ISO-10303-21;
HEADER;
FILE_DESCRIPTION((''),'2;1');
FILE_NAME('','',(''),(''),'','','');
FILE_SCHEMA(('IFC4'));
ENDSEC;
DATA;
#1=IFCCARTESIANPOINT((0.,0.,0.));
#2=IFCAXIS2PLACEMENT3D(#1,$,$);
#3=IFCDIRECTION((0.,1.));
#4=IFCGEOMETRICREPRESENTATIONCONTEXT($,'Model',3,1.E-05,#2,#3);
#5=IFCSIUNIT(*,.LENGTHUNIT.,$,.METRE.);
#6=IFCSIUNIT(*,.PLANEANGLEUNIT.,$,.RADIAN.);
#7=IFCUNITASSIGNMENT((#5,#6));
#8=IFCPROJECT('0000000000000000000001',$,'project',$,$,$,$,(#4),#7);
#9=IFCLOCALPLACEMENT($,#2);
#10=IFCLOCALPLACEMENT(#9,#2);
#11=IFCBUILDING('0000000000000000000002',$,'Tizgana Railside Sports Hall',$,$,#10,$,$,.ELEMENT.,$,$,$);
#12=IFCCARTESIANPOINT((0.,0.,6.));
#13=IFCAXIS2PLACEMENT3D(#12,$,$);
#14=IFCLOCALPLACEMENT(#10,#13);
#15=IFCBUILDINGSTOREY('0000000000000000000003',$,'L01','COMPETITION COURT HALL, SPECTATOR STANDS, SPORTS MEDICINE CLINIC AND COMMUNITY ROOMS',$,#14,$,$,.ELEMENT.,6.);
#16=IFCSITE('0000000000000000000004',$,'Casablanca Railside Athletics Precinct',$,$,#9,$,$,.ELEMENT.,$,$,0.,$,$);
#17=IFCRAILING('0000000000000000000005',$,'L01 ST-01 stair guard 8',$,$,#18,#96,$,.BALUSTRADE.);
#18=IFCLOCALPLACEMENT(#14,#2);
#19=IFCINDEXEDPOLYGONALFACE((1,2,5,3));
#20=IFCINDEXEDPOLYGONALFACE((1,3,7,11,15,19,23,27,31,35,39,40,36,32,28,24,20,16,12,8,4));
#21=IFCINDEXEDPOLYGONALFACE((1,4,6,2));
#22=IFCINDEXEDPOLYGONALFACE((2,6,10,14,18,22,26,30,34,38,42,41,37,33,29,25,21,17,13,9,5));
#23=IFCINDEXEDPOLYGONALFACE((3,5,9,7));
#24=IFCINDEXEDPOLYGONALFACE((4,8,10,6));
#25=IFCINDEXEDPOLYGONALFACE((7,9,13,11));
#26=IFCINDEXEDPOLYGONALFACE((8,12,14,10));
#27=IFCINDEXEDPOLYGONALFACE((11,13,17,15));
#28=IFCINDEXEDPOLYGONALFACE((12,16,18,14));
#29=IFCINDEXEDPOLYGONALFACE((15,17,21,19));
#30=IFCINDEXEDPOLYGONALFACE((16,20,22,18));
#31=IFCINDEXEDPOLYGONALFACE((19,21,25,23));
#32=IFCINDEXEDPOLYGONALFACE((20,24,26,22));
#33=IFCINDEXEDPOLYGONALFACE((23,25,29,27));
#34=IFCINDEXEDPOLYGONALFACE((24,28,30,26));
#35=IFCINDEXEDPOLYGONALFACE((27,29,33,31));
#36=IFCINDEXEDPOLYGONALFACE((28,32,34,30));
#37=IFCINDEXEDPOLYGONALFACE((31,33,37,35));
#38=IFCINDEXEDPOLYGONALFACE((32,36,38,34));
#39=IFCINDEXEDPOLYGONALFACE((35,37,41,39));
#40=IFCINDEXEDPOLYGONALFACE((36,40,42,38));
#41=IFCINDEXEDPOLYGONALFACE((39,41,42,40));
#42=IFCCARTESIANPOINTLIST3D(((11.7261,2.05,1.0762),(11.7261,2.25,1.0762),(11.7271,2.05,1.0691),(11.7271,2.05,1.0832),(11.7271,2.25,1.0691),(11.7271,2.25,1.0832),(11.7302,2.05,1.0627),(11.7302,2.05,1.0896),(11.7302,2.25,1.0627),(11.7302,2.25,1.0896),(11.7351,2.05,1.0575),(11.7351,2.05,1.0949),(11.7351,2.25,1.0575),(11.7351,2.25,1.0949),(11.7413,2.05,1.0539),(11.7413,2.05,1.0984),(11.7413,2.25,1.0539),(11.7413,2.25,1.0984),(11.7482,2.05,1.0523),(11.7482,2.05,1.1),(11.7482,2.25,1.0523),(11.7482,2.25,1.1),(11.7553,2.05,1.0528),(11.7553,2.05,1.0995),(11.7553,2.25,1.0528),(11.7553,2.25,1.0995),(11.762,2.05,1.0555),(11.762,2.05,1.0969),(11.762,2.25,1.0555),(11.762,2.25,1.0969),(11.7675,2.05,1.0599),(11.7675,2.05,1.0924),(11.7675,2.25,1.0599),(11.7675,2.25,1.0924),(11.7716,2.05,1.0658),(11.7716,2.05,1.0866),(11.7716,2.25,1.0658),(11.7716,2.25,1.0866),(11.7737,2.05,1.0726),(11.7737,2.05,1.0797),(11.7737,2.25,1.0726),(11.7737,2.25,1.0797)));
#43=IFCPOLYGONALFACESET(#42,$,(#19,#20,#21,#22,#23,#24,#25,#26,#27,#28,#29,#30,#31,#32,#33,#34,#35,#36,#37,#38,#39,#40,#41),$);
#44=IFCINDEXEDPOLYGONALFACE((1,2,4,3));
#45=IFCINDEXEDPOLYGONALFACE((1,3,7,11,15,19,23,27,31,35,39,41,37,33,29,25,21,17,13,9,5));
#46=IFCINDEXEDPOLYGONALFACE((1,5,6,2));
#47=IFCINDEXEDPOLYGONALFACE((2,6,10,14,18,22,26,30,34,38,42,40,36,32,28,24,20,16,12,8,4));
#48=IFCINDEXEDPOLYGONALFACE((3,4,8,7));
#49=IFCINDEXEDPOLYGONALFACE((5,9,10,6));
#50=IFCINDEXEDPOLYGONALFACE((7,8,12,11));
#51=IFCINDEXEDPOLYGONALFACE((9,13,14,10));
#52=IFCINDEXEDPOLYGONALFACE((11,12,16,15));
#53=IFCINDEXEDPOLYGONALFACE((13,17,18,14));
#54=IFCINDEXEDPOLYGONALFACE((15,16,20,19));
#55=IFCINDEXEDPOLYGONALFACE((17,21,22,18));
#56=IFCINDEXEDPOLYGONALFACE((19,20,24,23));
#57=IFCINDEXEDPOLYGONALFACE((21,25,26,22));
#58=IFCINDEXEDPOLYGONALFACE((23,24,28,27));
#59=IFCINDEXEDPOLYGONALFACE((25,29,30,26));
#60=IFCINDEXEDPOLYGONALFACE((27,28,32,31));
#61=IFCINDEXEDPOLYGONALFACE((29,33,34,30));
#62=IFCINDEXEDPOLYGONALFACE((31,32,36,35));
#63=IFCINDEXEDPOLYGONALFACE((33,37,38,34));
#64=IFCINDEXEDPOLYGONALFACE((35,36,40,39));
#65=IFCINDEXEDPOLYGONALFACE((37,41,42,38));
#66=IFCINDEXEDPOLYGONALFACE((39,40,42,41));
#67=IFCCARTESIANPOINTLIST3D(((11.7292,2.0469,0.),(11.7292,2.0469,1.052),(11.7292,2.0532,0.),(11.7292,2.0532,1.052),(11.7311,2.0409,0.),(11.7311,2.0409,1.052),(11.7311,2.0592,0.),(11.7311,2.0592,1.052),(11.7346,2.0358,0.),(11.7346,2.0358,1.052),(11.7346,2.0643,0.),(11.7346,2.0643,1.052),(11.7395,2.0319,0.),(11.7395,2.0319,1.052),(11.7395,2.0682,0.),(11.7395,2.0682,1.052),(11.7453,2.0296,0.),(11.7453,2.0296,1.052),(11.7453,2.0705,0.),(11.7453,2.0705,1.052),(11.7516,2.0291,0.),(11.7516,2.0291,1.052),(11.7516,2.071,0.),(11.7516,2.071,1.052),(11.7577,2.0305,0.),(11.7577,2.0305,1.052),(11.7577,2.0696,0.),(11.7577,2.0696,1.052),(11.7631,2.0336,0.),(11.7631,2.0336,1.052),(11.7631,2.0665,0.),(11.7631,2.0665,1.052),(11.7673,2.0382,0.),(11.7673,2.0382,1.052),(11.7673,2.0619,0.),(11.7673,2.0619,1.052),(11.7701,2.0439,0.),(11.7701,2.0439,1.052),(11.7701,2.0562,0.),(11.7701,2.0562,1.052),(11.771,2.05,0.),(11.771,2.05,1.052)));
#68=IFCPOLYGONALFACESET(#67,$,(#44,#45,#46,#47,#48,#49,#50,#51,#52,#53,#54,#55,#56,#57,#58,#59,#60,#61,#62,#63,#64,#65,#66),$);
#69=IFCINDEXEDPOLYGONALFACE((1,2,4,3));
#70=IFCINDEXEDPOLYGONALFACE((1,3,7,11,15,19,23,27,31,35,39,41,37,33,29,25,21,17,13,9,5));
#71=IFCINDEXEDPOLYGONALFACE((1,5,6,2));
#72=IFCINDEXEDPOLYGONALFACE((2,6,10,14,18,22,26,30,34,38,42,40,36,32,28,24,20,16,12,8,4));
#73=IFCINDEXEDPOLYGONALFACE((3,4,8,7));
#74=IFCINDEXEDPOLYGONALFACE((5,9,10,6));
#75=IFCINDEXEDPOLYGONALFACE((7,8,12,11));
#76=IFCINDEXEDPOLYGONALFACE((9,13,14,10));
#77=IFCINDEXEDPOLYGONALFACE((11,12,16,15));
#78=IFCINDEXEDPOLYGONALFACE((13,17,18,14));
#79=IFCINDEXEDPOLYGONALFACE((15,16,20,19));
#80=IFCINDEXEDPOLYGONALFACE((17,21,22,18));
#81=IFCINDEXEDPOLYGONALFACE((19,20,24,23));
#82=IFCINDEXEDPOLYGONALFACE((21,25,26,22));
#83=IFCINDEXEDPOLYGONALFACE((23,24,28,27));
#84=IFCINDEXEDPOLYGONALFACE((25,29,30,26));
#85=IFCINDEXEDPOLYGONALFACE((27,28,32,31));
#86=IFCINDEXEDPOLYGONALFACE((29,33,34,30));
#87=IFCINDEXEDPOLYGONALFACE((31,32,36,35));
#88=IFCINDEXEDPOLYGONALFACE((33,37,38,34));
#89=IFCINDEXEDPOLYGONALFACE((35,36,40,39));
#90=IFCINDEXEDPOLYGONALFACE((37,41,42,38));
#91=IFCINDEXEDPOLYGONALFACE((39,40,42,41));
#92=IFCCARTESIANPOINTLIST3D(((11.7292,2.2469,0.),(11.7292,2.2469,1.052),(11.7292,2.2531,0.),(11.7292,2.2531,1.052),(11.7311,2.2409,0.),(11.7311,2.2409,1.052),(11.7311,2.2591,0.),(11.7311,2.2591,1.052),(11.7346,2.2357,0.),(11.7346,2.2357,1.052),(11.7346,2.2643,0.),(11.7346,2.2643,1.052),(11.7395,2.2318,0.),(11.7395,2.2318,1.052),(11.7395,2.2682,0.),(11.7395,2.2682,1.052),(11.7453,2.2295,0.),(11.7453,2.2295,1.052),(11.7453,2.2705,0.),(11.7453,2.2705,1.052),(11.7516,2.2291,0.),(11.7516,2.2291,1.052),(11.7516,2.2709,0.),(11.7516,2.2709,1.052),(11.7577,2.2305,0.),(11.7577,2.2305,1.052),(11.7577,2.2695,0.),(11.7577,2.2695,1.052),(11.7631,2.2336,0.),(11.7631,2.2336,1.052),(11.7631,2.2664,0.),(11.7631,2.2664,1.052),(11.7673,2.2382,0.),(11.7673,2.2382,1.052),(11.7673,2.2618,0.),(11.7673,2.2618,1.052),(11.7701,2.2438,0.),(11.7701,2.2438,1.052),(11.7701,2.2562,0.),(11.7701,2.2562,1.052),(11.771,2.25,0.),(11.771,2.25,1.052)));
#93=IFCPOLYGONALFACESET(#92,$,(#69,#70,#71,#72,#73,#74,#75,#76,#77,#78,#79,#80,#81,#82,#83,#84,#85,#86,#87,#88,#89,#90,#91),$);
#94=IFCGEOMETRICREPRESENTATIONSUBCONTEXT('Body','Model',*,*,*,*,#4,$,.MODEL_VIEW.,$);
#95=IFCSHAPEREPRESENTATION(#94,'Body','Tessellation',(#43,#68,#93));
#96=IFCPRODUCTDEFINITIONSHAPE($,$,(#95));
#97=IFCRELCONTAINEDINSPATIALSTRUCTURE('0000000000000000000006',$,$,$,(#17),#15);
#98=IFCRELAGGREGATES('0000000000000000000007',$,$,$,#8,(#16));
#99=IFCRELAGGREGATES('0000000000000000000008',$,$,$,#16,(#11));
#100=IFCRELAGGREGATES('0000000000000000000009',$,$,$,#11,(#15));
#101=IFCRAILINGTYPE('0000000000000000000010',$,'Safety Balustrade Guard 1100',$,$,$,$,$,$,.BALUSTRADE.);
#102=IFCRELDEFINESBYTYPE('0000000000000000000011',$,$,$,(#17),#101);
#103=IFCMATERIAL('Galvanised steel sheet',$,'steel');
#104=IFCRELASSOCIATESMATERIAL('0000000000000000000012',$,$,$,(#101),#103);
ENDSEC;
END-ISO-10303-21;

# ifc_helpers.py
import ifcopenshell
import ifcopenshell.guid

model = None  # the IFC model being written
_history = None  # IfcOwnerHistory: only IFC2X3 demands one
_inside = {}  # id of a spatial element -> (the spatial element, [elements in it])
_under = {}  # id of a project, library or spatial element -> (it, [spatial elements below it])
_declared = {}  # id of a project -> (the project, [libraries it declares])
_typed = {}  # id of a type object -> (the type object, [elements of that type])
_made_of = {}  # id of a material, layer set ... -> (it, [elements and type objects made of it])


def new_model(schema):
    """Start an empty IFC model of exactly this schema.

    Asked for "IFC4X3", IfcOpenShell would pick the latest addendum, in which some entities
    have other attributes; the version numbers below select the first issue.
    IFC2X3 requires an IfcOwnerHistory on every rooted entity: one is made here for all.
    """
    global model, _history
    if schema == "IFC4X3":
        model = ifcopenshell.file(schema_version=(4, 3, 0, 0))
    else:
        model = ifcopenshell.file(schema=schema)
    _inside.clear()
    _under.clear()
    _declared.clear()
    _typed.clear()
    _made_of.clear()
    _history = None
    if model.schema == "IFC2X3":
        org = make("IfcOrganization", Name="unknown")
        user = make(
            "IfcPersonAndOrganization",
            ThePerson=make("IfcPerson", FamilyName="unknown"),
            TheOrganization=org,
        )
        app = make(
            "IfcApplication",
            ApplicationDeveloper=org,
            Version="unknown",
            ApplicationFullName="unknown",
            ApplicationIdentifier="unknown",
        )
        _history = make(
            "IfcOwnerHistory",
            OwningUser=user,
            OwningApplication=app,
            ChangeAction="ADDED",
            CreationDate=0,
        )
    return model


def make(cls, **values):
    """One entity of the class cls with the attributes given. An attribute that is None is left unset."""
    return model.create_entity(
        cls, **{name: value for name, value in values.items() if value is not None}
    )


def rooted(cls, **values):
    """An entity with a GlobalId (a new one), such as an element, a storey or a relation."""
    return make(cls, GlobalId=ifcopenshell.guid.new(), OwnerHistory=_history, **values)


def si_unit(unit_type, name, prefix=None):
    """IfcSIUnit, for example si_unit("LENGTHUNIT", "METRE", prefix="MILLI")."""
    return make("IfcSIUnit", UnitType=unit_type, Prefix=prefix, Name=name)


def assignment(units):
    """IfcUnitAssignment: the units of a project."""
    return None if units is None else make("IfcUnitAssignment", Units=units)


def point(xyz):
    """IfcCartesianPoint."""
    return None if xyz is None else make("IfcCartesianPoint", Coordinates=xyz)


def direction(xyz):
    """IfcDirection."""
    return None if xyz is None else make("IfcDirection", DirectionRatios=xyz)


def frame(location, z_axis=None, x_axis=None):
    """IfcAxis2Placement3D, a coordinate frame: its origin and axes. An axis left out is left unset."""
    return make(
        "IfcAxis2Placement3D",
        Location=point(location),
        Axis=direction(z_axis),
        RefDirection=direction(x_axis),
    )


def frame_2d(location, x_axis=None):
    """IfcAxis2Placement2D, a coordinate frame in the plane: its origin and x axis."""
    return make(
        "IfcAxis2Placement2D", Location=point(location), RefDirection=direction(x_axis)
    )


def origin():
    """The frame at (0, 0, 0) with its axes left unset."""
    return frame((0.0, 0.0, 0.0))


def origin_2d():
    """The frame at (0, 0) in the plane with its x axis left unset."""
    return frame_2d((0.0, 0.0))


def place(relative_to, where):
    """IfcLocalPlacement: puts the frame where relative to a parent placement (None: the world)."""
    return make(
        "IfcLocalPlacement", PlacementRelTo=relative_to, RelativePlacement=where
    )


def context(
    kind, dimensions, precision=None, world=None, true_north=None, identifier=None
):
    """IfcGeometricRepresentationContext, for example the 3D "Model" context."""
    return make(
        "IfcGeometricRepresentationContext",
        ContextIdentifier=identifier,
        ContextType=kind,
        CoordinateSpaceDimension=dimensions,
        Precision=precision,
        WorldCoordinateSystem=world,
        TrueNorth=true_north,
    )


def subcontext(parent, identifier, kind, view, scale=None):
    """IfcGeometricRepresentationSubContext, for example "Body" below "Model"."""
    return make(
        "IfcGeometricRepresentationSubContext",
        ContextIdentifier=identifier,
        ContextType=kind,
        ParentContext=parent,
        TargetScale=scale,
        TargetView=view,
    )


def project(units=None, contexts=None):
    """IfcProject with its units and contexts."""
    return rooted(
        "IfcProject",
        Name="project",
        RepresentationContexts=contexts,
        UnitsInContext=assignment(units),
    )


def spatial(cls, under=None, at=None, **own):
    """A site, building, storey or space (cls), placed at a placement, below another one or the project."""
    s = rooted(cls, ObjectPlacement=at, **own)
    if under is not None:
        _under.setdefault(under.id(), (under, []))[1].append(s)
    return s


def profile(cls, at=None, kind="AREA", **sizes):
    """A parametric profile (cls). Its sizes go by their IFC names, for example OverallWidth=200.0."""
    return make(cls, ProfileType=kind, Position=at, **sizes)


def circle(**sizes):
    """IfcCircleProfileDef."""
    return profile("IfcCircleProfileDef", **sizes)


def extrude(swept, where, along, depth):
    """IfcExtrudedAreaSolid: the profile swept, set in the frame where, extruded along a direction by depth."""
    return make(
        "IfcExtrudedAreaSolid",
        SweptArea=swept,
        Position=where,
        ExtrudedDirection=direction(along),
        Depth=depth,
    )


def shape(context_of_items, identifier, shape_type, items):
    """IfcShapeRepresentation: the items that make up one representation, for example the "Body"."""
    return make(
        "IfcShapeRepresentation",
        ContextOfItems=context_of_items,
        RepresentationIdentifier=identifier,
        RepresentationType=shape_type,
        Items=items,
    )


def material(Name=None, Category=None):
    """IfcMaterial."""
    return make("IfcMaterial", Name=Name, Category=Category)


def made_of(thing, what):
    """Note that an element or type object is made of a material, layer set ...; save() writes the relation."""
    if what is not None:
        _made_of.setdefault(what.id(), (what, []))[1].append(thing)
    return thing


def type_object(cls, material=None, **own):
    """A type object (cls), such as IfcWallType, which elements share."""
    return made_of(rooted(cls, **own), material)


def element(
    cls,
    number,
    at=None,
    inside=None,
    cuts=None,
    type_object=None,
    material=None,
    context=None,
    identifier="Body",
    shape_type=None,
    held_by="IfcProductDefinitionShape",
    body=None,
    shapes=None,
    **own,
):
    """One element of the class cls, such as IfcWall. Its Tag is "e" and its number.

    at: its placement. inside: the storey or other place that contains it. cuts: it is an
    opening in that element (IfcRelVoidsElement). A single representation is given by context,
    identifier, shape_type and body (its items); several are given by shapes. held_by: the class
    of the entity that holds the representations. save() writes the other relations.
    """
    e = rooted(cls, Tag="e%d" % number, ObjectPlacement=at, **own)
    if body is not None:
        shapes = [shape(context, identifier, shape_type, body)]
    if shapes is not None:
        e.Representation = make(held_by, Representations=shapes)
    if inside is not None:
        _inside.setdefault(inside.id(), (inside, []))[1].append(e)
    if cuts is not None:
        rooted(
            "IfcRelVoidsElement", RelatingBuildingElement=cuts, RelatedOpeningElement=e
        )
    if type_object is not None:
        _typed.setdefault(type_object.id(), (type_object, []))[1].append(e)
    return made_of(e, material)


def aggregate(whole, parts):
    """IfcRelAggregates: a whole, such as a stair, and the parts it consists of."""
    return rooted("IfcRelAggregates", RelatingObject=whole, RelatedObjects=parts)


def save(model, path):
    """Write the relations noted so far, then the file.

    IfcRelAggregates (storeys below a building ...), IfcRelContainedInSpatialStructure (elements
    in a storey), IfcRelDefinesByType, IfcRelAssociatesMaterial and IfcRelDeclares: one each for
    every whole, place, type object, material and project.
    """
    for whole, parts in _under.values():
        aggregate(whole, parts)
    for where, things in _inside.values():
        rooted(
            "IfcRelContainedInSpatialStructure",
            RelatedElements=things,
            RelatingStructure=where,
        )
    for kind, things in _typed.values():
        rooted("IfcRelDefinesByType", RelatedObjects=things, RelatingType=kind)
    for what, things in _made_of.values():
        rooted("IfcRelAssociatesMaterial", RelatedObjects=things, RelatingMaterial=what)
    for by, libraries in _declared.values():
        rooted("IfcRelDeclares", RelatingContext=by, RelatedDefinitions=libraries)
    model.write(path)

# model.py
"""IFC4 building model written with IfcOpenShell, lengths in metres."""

from ifc_helpers import new_model, si_unit, direction, frame, origin, origin_2d, place, context, subcontext, project, spatial, circle, extrude, material, type_object, element, save


model = new_model("IFC4")

# Units and contexts
model_context = context("Model", 3, precision=1e-05, world=origin(), true_north=direction((0.0, 1.0)))
body_context = subcontext(model_context, "Body", "Model", "MODEL_VIEW")
ifc_project = project(units=[si_unit("LENGTHUNIT", "METRE"), si_unit("PLANEANGLEUNIT", "RADIAN")], contexts=[model_context])

# Site, building, storey
site_placement = place(None, origin())
site = spatial("IfcSite", under=ifc_project, at=site_placement, Name="Casablanca Railside Athletics Precinct", CompositionType="ELEMENT", RefElevation=0.0)
building_placement = place(site_placement, origin())
building = spatial("IfcBuilding", under=site, at=building_placement, Name="Tizgana Railside Sports Hall", CompositionType="ELEMENT")
storey_placement = place(building_placement, frame((0.0, 0.0, 6.0)))
storey = spatial("IfcBuildingStorey", under=building, at=storey_placement, Name="L01", Description="COMPETITION COURT HALL, SPECTATOR STANDS, SPORTS MEDICINE CLINIC AND COMMUNITY ROOMS", CompositionType="ELEMENT", Elevation=6.0)

# Railing
ifc_material_1 = material(Name="Galvanised steel sheet", Category="steel")
railing_type_1 = type_object("IfcRailingType", Name="Safety Balustrade Guard 1100", PredefinedType="BALUSTRADE", material=ifc_material_1)
railing_1_placement = place(storey_placement, frame((11.75, 2.05, 0.0)))
element("IfcRailing", 1, at=railing_1_placement, inside=storey, type_object=railing_type_1, Name="L01 ST-01 stair guard 8", PredefinedType="BALUSTRADE", context=body_context, shape_type="SweptSolid", body=[
    extrude(circle(Radius=0.0239, at=origin_2d()), frame((0.0, 0.0, 1.0762), z_axis=(0.0, 1.0, 0.0), x_axis=(-1.0, 0.0, 0.0)), (0.0, 0.0, 1.0), 0.2),
    extrude(circle(Radius=0.021, at=origin_2d()), origin(), (0.0, 0.0, 1.0), 1.052),
    extrude(circle(Radius=0.021, at=origin_2d()), frame((0.0, 0.2, 0.0)), (0.0, 0.0, 1.0), 1.052),
])

save(model, "model.ifc")
